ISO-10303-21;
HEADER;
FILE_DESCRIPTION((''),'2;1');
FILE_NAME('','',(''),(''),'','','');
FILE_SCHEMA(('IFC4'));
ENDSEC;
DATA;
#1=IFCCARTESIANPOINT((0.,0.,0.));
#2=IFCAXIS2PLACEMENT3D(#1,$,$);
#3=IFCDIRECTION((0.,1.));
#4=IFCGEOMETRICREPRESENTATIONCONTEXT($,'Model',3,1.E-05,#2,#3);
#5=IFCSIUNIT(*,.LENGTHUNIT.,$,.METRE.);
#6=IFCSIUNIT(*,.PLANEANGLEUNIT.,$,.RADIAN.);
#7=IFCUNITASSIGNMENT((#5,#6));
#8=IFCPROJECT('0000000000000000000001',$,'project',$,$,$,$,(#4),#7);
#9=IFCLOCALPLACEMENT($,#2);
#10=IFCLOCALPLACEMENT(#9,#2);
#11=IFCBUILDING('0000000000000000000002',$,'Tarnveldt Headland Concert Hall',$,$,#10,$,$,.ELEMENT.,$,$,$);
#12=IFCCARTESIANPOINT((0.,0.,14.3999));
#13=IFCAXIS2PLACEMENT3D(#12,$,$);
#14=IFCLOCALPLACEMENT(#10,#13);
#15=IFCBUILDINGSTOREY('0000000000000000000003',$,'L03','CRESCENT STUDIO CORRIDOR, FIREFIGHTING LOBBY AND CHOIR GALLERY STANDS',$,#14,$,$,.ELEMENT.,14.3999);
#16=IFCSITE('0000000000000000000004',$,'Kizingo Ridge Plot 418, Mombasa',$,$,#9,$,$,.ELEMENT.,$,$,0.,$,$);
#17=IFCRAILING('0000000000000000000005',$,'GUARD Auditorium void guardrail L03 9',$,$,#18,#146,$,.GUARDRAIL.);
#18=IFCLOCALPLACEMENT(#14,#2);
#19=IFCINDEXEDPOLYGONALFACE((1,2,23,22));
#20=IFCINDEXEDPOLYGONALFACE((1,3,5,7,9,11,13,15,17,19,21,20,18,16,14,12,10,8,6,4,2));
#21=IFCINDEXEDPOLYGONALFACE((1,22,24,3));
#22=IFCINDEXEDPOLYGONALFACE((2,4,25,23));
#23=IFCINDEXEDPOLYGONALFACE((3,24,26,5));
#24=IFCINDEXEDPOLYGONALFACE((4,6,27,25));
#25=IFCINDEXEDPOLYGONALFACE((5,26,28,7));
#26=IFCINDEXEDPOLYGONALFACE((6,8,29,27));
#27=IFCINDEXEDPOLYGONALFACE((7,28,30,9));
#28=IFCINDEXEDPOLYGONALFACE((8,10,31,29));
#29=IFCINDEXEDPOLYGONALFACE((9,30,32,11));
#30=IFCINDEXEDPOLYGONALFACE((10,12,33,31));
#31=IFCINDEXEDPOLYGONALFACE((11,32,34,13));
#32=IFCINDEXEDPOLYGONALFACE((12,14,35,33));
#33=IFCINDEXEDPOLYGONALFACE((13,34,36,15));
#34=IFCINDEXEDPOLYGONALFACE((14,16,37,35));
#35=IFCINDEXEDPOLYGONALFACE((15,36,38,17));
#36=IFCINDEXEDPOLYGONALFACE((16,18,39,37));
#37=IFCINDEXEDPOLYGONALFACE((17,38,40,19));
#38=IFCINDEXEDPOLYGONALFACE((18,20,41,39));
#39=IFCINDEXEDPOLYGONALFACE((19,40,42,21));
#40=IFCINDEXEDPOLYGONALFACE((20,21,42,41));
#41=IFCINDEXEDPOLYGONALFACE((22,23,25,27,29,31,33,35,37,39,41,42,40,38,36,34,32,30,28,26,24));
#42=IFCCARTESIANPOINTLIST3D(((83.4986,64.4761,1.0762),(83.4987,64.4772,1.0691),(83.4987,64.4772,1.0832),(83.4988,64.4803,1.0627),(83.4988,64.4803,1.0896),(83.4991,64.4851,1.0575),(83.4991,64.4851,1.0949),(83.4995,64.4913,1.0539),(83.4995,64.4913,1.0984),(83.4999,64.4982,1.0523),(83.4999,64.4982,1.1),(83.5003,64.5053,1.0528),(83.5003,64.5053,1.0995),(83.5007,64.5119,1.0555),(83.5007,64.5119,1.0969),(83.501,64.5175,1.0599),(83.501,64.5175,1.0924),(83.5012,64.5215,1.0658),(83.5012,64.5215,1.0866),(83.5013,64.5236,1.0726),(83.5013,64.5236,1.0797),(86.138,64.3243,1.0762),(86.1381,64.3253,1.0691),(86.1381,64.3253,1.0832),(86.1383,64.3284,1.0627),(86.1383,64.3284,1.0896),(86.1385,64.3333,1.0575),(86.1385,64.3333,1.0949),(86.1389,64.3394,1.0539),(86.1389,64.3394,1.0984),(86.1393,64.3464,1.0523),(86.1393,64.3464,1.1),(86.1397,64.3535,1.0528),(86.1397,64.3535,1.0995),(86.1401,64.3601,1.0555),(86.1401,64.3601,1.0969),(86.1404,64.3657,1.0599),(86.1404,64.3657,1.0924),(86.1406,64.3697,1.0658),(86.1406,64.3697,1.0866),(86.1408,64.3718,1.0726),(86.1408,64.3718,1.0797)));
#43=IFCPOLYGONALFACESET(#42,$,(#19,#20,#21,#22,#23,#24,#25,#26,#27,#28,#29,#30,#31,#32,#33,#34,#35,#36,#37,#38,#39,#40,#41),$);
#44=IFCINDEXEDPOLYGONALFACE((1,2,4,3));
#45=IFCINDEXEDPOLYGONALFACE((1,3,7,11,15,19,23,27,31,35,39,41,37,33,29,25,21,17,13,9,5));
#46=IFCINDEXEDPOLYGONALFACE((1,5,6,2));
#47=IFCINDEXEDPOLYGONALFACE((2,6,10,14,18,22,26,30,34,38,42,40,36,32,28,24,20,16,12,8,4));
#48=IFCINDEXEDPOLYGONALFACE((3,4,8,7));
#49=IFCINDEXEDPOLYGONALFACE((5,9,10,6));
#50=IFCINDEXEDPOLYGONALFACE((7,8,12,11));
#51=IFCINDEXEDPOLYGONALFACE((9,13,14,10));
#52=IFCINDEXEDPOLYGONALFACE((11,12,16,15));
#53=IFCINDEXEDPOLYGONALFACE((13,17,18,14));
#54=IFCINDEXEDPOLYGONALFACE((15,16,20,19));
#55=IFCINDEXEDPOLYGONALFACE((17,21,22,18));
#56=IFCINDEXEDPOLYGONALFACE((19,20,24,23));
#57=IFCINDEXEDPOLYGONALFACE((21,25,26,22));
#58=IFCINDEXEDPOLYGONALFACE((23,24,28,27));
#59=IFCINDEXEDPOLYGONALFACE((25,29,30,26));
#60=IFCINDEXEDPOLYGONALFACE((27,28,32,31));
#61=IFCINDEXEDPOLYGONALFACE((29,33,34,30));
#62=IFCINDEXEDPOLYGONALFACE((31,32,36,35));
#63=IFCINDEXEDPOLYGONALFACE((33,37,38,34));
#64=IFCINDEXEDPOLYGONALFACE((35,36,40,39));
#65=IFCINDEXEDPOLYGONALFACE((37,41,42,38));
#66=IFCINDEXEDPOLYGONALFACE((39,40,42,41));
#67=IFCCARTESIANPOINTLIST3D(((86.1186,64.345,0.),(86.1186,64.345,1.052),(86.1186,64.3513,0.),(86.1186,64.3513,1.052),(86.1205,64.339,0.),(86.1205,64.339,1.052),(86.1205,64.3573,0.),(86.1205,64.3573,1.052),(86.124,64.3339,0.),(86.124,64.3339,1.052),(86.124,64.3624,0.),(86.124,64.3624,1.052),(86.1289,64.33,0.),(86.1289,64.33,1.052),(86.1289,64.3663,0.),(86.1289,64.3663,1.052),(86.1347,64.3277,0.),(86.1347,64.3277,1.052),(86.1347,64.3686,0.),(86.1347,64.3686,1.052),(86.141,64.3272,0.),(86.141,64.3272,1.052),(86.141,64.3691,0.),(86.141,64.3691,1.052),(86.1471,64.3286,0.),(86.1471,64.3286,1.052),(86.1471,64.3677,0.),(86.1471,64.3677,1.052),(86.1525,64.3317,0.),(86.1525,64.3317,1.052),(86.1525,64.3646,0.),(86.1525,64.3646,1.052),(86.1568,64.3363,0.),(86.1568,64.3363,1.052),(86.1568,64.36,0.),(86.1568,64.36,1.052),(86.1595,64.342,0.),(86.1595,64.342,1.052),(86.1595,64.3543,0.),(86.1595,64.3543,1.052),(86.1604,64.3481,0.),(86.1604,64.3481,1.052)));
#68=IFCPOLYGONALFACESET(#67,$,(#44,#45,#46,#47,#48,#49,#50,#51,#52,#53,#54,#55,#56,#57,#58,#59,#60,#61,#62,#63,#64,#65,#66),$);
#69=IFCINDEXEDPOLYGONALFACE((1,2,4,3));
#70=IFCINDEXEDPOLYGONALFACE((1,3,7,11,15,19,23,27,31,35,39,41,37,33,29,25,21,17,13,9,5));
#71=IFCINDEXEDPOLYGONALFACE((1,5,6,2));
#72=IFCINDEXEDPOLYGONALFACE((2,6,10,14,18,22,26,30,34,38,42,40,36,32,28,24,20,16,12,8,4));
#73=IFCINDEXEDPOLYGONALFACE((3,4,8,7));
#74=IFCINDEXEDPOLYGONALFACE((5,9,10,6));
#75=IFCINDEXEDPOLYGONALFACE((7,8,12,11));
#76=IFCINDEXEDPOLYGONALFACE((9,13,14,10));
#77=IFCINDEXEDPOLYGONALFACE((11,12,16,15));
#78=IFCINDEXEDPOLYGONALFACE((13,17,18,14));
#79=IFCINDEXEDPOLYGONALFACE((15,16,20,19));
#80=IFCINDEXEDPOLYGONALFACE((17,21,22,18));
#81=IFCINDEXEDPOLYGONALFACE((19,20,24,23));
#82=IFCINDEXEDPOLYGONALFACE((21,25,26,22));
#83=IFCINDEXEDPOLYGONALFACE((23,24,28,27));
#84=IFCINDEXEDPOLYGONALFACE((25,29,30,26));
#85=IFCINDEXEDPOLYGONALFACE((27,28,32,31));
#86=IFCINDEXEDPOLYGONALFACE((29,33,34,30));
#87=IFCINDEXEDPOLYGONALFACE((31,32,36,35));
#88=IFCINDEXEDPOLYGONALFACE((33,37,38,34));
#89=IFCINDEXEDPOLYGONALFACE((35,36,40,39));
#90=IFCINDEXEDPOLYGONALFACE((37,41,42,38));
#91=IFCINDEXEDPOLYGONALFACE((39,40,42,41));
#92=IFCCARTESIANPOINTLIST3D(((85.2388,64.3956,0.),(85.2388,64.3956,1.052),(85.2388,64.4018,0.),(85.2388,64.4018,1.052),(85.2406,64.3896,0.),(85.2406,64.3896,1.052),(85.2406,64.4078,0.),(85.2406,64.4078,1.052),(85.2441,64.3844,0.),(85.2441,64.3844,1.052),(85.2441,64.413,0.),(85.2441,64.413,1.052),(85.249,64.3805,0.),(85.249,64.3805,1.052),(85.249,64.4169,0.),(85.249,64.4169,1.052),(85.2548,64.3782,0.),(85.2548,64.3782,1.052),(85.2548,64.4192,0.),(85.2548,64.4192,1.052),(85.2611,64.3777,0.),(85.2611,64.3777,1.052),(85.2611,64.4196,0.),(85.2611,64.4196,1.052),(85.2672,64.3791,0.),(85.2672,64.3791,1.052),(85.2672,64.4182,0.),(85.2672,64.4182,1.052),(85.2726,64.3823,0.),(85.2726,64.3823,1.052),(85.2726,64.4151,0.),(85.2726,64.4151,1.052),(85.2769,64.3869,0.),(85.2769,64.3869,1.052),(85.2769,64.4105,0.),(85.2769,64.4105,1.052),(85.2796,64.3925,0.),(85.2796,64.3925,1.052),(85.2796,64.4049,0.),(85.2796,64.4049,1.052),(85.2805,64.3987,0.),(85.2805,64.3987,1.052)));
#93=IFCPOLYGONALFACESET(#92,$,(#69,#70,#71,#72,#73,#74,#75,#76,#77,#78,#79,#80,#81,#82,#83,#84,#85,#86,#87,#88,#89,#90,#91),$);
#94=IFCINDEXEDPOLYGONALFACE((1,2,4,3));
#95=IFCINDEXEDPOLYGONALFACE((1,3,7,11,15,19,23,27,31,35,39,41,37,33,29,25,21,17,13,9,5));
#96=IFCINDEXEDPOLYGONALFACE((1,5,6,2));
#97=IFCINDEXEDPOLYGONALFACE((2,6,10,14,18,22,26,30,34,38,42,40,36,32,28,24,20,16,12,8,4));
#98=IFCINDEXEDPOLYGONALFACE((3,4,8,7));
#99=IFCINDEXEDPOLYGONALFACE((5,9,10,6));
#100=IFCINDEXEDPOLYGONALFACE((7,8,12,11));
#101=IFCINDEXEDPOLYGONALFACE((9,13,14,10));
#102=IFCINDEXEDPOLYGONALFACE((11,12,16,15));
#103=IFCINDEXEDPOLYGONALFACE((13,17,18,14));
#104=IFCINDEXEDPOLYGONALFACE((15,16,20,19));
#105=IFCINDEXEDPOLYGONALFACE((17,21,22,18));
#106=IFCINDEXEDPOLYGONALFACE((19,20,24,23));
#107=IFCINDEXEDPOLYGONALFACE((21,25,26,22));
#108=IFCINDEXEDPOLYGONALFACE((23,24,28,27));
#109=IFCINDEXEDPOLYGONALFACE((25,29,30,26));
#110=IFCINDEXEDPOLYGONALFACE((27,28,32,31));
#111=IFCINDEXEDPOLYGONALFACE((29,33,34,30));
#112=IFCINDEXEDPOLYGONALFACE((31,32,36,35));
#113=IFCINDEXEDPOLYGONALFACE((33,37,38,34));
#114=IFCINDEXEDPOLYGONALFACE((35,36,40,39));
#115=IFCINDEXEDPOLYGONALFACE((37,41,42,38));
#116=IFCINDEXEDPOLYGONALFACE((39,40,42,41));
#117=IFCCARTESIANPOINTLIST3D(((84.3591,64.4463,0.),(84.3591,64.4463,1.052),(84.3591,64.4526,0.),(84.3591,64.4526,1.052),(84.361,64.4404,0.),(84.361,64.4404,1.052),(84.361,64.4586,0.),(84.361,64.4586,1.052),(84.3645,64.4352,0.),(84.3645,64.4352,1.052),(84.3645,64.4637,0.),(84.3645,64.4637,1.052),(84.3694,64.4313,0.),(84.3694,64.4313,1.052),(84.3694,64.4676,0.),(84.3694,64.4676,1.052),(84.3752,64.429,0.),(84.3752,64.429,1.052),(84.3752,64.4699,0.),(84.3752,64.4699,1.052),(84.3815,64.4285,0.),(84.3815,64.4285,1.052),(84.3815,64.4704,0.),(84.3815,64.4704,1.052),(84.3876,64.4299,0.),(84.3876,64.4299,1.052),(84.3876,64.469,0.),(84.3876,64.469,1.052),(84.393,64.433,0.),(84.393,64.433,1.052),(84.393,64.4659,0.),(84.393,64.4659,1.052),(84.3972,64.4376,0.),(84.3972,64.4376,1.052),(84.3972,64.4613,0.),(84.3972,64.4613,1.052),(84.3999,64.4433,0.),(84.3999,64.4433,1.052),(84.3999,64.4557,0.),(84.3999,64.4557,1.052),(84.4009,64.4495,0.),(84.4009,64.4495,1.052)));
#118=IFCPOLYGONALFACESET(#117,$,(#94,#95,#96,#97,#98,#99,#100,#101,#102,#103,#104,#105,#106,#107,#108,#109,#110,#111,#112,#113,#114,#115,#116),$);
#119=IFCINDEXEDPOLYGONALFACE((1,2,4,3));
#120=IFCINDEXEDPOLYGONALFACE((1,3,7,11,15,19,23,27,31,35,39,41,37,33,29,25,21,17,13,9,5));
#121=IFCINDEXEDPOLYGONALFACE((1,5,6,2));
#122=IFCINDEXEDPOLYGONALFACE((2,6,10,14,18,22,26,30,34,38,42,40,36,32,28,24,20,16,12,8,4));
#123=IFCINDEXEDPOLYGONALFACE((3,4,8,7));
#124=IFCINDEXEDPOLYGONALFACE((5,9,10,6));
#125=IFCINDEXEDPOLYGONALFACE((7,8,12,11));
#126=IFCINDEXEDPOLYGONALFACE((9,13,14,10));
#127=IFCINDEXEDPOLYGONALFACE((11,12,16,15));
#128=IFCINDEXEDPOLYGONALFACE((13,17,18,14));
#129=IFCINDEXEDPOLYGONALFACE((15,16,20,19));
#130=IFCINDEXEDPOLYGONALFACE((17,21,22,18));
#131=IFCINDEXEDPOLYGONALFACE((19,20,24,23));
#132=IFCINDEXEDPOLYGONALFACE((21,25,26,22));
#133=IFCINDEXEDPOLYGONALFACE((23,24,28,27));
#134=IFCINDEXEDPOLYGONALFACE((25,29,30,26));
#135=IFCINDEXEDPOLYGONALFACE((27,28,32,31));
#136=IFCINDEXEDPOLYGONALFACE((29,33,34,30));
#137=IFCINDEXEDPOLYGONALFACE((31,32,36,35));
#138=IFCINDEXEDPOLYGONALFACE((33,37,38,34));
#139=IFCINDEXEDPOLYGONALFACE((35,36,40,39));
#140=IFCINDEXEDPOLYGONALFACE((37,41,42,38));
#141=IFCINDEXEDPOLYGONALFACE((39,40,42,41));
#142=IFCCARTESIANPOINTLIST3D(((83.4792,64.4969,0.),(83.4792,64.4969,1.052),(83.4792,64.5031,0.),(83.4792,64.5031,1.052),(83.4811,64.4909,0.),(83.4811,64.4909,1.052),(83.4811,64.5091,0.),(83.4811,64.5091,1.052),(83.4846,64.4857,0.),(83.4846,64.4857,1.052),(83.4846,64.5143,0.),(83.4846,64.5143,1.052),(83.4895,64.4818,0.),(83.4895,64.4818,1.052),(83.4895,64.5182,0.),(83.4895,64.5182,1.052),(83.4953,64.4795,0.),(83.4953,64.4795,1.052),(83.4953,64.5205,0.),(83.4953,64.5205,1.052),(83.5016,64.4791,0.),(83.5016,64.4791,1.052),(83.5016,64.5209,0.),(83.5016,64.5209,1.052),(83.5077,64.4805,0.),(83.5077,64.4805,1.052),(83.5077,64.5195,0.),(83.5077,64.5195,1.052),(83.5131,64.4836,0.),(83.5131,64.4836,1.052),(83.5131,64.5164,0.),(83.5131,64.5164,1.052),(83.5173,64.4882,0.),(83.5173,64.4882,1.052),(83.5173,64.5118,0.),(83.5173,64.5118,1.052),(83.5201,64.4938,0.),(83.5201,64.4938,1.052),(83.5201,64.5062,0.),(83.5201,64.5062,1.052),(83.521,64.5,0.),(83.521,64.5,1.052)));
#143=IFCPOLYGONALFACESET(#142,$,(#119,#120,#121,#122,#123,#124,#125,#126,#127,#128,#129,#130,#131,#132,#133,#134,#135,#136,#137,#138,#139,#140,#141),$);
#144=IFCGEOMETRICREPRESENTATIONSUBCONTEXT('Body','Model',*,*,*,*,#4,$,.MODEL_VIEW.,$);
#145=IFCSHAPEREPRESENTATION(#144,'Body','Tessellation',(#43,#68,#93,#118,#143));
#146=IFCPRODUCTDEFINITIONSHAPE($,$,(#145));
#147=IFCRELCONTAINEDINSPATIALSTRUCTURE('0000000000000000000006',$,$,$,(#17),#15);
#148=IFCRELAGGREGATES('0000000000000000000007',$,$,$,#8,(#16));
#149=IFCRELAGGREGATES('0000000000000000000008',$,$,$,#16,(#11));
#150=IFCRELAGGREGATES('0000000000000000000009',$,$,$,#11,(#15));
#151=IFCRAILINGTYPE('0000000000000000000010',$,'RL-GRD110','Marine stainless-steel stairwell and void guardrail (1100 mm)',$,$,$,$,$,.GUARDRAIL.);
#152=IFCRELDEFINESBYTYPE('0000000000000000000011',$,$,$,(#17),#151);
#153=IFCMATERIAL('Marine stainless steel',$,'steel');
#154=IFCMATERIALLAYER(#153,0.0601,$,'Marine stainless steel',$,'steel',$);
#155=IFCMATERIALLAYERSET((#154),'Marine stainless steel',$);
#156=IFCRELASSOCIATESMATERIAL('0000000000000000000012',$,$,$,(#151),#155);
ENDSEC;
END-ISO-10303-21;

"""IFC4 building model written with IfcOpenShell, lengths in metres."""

from ifc_helpers import new_model, si_unit, direction, frame, origin, origin_2d, place, context, subcontext, project, spatial, circle, extrude, material, layer, layer_set, type_object, element, save


model = new_model("IFC4")

# Units and contexts
model_context = context("Model", 3, precision=1e-05, world=origin(), true_north=direction((0.0, 1.0)))
body_context = subcontext(model_context, "Body", "Model", "MODEL_VIEW")
ifc_project = project(units=[si_unit("LENGTHUNIT", "METRE"), si_unit("PLANEANGLEUNIT", "RADIAN")], contexts=[model_context])

# Site, building, storey
site_placement = place(None, origin())
site = spatial("IfcSite", under=ifc_project, at=site_placement, Name="Kizingo Ridge Plot 418, Mombasa", CompositionType="ELEMENT", RefElevation=0.0)
building_placement = place(site_placement, origin())
building = spatial("IfcBuilding", under=site, at=building_placement, Name="Tarnveldt Headland Concert Hall", CompositionType="ELEMENT")
storey_placement = place(building_placement, frame((0.0, 0.0, 14.3999)))
storey = spatial("IfcBuildingStorey", under=building, at=storey_placement, Name="L03", Description="CRESCENT STUDIO CORRIDOR, FIREFIGHTING LOBBY AND CHOIR GALLERY STANDS", CompositionType="ELEMENT", Elevation=14.3999)

# Railing
ifc_material_1 = material(Name="Marine stainless steel", Category="steel")
ifc_layer = layer(ifc_material_1, 0.0601, Name="Marine stainless steel", Category="steel")
ifc_layer_set = layer_set([ifc_layer], Name="Marine stainless steel")
railing_type = type_object("IfcRailingType", Name="RL-GRD110", Description="Marine stainless-steel stairwell and void guardrail (1100 mm)", PredefinedType="GUARDRAIL", material=ifc_layer_set)
railing_1_placement = place(storey_placement, frame((86.1394, 64.3481, 0.0)))
element("IfcRailing", 1, at=railing_1_placement, inside=storey, type_object=railing_type, Name="GUARD Auditorium void guardrail L03 9", PredefinedType="GUARDRAIL", context=body_context, shape_type="SweptSolid", body=[
    extrude(circle(Radius=0.0239, at=origin_2d()), frame((0.0, 0.0, 1.0762), z_axis=(-0.998349, 0.057439, 0.0), x_axis=(-0.057439, -0.998349, 0.0)), (0.0, 0.0, 1.0), 2.6438),
    extrude(circle(Radius=0.021, at=origin_2d()), origin(), (0.0, 0.0, 1.0), 1.052),
    extrude(circle(Radius=0.021, at=origin_2d()), frame((-0.8799, 0.0505, 0.0)), (0.0, 0.0, 1.0), 1.052),
    extrude(circle(Radius=0.021, at=origin_2d()), frame((-1.7595, 0.1013, 0.0)), (0.0, 0.0, 1.0), 1.052),
    extrude(circle(Radius=0.021, at=origin_2d()), frame((-2.6394, 0.1519, 0.0)), (0.0, 0.0, 1.0), 1.052),
])

save(model, "model.ifc")
